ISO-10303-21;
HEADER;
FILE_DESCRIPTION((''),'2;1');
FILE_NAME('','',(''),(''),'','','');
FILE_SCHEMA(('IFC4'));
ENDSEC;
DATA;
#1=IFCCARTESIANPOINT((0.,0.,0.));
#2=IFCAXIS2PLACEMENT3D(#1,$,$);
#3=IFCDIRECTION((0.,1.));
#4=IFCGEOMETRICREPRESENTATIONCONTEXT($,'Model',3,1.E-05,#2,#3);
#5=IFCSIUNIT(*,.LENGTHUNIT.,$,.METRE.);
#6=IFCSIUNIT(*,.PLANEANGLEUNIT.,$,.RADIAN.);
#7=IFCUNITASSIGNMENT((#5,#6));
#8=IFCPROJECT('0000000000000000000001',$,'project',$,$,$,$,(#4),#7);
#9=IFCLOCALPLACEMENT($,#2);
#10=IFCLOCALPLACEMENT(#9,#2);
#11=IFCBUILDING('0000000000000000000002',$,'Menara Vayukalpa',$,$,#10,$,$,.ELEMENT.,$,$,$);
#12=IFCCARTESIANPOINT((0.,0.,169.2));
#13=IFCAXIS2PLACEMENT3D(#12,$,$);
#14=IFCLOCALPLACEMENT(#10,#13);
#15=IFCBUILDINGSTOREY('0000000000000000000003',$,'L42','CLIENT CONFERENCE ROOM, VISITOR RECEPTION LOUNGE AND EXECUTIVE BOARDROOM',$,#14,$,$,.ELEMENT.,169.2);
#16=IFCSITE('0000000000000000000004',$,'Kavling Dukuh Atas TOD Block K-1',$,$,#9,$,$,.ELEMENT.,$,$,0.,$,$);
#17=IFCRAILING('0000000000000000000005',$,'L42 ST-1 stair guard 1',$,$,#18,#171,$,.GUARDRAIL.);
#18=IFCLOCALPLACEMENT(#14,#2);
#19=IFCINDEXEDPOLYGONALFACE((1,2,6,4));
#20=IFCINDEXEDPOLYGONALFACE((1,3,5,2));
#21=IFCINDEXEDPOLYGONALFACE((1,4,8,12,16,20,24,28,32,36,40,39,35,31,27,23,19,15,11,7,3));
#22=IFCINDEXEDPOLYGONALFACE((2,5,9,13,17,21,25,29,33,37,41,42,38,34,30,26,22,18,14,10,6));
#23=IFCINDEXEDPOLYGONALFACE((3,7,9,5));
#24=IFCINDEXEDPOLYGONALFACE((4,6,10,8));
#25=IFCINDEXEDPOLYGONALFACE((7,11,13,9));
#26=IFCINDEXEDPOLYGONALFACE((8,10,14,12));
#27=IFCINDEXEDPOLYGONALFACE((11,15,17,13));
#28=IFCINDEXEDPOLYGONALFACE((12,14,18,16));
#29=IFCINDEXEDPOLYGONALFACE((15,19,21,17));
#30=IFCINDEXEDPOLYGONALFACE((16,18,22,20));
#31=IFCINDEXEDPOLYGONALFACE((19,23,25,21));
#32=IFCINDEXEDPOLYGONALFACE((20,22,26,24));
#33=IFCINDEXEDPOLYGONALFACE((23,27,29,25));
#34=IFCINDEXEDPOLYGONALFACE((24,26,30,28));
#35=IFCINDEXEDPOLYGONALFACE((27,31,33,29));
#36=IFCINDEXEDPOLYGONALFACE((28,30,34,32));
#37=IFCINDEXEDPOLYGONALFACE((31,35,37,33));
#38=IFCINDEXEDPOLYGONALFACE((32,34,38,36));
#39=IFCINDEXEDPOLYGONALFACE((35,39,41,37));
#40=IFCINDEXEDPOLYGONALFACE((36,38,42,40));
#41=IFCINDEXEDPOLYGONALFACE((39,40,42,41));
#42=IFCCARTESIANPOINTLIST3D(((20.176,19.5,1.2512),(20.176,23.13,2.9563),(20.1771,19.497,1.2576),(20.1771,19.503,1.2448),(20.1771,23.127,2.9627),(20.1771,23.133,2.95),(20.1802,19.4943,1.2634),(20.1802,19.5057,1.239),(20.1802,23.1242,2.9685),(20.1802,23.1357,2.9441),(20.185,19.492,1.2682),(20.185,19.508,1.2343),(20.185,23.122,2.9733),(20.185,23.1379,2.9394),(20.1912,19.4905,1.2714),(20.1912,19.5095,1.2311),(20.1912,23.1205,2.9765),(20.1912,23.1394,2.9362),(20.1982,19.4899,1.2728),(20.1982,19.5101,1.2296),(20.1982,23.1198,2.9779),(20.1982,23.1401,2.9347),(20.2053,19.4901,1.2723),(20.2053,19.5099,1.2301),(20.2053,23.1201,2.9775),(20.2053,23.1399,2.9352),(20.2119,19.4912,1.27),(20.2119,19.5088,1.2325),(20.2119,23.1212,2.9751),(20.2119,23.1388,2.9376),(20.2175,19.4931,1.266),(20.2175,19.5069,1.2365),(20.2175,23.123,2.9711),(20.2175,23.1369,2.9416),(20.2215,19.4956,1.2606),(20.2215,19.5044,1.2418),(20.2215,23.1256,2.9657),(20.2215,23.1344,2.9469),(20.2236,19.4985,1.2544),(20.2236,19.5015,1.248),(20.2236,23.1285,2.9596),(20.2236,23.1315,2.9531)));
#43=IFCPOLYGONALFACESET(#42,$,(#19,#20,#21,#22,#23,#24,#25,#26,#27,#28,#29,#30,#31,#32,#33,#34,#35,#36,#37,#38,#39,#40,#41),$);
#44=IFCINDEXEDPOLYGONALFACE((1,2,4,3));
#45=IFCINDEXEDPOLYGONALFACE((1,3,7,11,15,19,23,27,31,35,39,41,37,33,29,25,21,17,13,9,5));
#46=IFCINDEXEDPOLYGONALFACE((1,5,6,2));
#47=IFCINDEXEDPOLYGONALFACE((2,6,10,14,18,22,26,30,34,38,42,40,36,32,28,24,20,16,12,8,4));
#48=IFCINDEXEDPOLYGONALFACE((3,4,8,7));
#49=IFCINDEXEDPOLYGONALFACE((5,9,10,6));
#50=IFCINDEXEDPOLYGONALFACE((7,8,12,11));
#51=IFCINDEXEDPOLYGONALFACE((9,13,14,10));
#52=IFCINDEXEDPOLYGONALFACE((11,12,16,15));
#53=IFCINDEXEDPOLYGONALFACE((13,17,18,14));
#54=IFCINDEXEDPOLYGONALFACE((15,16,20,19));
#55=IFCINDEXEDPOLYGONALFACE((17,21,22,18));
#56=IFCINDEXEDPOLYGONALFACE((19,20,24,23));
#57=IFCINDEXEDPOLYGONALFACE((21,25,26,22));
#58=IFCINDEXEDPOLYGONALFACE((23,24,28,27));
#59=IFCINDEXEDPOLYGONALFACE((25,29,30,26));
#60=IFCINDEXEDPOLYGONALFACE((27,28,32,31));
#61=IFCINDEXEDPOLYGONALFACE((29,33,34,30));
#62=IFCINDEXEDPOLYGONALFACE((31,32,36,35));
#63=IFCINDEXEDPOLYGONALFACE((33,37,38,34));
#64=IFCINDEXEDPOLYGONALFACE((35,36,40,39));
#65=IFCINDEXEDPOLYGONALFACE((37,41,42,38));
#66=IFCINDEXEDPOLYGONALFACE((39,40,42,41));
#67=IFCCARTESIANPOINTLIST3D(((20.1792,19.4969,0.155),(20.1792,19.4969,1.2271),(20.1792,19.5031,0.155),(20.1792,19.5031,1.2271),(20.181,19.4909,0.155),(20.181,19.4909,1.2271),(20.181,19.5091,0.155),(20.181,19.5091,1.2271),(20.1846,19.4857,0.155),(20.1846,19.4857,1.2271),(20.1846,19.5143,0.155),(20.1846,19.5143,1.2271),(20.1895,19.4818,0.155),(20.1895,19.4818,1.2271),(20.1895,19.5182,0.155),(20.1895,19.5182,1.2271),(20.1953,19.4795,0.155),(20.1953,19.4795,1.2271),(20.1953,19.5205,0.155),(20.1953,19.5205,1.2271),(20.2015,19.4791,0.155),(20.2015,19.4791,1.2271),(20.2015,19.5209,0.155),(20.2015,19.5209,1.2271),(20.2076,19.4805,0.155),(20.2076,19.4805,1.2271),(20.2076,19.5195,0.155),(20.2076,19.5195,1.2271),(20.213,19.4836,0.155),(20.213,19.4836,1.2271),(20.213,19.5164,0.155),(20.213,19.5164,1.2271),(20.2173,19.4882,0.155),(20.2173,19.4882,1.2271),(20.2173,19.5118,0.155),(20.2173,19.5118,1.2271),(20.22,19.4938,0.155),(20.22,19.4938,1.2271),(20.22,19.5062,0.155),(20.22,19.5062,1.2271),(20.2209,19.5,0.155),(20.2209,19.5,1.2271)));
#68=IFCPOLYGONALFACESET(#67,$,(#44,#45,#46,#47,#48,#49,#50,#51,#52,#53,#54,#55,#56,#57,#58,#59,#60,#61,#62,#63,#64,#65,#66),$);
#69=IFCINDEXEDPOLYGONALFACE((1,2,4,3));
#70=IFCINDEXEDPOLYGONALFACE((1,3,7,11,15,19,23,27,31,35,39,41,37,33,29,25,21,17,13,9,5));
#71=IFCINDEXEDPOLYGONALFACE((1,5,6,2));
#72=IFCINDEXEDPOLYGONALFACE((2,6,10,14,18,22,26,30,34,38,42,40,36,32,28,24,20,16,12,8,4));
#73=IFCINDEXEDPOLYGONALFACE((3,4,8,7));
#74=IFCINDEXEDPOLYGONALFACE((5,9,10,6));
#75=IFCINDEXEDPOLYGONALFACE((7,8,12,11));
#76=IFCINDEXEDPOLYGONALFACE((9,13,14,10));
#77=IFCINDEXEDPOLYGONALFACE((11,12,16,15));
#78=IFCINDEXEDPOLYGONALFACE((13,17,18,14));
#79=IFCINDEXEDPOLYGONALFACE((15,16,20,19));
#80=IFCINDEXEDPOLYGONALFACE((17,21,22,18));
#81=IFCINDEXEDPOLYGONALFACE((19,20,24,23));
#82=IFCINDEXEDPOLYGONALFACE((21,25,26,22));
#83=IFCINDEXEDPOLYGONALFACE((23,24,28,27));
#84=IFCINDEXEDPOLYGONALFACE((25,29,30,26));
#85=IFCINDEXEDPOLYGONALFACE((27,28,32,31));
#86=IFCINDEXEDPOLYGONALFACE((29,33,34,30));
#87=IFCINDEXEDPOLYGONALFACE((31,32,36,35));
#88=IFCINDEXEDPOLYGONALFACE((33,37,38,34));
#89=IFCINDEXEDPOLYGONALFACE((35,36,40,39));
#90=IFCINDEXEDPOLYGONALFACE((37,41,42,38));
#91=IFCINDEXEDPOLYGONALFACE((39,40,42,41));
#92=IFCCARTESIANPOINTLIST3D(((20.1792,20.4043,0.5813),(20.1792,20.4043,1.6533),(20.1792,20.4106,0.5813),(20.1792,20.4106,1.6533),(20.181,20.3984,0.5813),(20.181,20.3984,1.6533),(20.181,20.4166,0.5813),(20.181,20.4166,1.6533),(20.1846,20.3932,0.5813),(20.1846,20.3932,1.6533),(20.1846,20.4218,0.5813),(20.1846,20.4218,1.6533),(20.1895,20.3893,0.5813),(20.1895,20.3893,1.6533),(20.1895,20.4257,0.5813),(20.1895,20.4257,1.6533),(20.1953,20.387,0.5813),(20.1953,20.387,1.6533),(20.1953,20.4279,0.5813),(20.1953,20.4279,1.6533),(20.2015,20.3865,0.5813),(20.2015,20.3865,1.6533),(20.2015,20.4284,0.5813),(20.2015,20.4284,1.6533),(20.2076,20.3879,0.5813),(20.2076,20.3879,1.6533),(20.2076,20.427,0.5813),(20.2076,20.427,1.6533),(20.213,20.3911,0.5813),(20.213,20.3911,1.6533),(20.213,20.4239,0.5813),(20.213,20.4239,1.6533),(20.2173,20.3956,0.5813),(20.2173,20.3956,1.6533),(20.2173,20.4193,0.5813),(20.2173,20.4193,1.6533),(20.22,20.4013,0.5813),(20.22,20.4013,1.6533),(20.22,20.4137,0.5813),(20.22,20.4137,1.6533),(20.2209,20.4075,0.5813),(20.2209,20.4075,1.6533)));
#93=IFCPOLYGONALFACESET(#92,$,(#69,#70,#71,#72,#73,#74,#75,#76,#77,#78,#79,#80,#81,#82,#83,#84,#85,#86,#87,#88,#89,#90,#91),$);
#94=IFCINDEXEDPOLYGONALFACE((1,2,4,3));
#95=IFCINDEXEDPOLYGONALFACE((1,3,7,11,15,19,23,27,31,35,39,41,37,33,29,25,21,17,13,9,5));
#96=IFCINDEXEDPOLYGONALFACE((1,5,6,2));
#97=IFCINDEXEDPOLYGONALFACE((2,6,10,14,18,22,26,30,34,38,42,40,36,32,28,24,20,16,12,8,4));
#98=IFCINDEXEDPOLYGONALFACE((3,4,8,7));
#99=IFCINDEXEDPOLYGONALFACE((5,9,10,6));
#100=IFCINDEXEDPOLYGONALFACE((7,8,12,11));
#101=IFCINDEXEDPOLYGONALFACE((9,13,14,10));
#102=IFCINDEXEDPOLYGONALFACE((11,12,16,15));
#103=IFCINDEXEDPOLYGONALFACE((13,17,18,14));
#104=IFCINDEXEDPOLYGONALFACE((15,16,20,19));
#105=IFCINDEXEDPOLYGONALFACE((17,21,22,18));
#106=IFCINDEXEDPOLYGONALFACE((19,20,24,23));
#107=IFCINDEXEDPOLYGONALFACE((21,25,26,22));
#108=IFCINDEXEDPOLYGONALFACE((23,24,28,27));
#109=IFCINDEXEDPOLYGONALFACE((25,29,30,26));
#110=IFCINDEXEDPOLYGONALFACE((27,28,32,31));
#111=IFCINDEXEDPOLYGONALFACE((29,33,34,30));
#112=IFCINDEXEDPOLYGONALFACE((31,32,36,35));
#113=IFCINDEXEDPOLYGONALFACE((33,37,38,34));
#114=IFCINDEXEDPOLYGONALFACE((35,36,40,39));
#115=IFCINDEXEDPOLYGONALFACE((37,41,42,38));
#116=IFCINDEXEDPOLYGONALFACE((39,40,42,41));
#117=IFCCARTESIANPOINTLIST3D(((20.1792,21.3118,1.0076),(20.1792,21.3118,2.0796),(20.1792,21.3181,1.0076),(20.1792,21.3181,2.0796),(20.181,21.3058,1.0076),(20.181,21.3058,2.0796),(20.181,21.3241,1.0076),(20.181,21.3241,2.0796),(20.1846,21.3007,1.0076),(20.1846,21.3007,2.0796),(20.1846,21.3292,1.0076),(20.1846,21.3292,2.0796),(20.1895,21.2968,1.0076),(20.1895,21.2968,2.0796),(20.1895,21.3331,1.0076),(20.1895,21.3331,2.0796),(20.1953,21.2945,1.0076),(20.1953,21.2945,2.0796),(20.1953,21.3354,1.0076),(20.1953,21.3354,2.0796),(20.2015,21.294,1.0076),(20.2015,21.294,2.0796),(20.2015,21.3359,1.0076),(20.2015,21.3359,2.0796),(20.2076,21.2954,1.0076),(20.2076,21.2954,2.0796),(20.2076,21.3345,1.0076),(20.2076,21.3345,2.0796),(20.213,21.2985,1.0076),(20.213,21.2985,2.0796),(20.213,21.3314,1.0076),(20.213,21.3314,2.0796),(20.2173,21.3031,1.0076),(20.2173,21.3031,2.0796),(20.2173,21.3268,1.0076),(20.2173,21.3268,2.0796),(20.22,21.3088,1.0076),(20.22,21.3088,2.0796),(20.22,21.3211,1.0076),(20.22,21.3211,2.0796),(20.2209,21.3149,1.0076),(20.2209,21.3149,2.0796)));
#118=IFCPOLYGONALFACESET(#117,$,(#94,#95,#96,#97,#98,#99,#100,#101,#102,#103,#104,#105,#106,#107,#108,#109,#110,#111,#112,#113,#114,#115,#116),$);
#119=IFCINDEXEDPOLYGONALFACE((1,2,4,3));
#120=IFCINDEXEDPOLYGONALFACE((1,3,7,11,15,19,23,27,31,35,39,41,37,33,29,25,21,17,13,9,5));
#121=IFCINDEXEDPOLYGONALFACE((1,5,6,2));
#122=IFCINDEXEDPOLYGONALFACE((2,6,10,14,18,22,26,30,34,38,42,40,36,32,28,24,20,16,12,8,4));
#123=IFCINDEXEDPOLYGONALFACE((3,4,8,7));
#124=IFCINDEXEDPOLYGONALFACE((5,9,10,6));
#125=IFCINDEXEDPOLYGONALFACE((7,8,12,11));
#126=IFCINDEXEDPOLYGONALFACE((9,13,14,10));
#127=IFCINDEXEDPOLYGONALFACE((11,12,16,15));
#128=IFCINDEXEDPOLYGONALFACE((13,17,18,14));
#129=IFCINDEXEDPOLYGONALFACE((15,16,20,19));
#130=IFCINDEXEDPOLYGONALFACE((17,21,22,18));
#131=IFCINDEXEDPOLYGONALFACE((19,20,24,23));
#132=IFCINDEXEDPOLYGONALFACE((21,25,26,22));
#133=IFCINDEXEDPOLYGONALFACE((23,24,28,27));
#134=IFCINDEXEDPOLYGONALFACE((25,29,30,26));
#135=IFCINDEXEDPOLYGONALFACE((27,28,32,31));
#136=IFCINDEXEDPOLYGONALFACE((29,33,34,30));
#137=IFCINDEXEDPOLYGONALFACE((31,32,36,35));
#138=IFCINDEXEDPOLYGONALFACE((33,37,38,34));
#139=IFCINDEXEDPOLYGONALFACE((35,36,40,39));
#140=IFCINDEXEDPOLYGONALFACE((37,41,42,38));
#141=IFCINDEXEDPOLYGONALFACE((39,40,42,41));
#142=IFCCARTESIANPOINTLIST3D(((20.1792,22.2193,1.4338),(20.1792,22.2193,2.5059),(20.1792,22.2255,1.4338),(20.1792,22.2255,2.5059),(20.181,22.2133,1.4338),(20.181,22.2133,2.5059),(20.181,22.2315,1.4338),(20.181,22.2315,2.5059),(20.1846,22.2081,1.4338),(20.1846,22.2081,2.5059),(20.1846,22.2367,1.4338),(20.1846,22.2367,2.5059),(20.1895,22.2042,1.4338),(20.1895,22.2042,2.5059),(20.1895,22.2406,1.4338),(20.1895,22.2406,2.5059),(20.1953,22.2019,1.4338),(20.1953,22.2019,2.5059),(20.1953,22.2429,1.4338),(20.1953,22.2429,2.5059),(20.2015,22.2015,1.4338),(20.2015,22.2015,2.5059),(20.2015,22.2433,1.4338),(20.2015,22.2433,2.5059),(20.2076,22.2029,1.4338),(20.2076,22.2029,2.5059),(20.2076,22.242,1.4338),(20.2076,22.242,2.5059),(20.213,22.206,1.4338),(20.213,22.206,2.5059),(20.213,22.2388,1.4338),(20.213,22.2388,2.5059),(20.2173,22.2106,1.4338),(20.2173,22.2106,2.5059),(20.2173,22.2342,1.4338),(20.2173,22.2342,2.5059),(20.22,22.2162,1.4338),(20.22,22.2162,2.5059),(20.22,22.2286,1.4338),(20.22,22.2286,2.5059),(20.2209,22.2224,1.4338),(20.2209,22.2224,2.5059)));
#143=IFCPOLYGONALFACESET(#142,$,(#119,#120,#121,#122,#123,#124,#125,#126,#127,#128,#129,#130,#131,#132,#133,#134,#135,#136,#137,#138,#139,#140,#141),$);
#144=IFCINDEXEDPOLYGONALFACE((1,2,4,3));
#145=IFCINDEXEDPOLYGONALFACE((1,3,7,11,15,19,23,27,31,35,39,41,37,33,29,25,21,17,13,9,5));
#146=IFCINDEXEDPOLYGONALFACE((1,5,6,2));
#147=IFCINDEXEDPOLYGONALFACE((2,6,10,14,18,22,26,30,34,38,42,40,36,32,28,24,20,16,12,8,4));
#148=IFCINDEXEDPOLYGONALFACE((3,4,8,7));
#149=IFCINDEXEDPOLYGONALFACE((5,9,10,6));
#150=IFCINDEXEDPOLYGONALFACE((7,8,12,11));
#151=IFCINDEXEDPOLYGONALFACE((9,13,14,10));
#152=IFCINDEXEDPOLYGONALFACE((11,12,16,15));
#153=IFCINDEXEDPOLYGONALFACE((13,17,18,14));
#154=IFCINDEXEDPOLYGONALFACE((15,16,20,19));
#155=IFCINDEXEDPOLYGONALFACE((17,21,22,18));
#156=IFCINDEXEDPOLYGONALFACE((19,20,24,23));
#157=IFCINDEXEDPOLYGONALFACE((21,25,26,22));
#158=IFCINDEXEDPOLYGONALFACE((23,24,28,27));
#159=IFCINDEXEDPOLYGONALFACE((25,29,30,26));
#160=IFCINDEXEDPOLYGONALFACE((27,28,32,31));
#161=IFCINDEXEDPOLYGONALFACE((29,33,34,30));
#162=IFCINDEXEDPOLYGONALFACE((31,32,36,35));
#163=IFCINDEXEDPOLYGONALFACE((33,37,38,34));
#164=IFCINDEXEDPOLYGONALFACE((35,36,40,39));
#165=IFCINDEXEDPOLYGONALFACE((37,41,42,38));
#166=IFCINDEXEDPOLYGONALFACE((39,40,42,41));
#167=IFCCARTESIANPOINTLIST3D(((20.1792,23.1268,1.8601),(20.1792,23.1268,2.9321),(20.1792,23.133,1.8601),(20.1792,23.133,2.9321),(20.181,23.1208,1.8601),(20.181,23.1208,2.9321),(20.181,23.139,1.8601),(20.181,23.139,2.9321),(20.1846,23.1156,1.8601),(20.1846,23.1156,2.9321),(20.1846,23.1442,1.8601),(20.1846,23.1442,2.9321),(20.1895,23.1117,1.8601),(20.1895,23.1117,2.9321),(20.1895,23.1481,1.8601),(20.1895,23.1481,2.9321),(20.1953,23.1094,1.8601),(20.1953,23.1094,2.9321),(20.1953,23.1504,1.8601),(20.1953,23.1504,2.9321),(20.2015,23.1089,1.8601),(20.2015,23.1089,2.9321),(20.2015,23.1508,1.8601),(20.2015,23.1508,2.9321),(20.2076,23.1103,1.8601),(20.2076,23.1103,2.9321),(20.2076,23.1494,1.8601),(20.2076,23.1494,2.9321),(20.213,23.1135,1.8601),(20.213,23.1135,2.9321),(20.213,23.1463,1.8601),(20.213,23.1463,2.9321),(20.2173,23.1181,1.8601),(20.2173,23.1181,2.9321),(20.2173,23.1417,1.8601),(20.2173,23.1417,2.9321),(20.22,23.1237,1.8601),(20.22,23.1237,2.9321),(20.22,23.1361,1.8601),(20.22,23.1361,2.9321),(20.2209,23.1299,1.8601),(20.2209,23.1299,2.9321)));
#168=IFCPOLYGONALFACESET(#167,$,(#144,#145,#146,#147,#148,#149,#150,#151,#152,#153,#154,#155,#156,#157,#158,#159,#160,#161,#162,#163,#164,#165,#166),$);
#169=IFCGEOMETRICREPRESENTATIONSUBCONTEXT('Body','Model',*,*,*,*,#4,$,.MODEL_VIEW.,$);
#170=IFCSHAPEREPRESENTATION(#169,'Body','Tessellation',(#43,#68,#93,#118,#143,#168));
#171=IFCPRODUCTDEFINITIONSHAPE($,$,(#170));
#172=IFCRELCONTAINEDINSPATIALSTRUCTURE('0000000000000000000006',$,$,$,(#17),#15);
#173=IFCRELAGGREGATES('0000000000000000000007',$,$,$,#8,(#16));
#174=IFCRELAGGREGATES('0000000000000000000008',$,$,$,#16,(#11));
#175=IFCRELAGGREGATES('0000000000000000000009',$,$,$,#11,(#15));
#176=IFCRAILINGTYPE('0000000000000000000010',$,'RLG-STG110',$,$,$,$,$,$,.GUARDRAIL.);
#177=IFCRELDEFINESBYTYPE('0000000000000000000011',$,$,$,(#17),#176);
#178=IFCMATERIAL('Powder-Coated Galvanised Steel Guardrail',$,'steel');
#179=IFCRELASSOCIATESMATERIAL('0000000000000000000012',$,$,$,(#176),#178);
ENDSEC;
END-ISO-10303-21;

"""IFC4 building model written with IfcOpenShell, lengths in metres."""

from ifc_helpers import new_model, si_unit, direction, frame, origin, origin_2d, place, context, subcontext, project, spatial, circle, extrude, material, type_object, element, save


model = new_model("IFC4")

# Units and contexts
model_context = context("Model", 3, precision=1e-05, world=origin(), true_north=direction((0.0, 1.0)))
body_context = subcontext(model_context, "Body", "Model", "MODEL_VIEW")
ifc_project = project(units=[si_unit("LENGTHUNIT", "METRE"), si_unit("PLANEANGLEUNIT", "RADIAN")], contexts=[model_context])

# Site, building, storey
site_placement = place(None, origin())
site = spatial("IfcSite", under=ifc_project, at=site_placement, Name="Kavling Dukuh Atas TOD Block K-1", CompositionType="ELEMENT", RefElevation=0.0)
building_placement = place(site_placement, origin())
building = spatial("IfcBuilding", under=site, at=building_placement, Name="Menara Vayukalpa", CompositionType="ELEMENT")
storey_placement = place(building_placement, frame((0.0, 0.0, 169.2)))
storey = spatial("IfcBuildingStorey", under=building, at=storey_placement, Name="L42", Description="CLIENT CONFERENCE ROOM, VISITOR RECEPTION LOUNGE AND EXECUTIVE BOARDROOM", CompositionType="ELEMENT", Elevation=169.2)

# Railing
ifc_material_1 = material(Name="Powder-Coated Galvanised Steel Guardrail", Category="steel")
railing_type = type_object("IfcRailingType", Name="RLG-STG110", PredefinedType="GUARDRAIL", material=ifc_material_1)
railing_1_placement = place(storey_placement, frame((20.2, 19.5, 0.155)))
element("IfcRailing", 1, at=railing_1_placement, inside=storey, type_object=railing_type, Name="L42 ST-1 stair guard 1", PredefinedType="GUARDRAIL", context=body_context, shape_type="SweptSolid", body=[
    extrude(circle(Radius=0.0239, at=origin_2d()), frame((0.0, 0.0, 1.0962), z_axis=(0.0, 0.905116, 0.425164), x_axis=(-1.0, 0.0, 0.0)), (0.0, 0.0, 1.0), 4.0105),
    extrude(circle(Radius=0.021, at=origin_2d()), origin(), (0.0, 0.0, 1.0), 1.072),
    extrude(circle(Radius=0.021, at=origin_2d()), frame((0.0, 0.9075, 0.4263)), (0.0, 0.0, 1.0), 1.072),
    extrude(circle(Radius=0.021, at=origin_2d()), frame((0.0, 1.8149, 0.8525)), (0.0, 0.0, 1.0), 1.072),
    extrude(circle(Radius=0.021, at=origin_2d()), frame((0.0, 2.7224, 1.2788)), (0.0, 0.0, 1.0), 1.072),
    extrude(circle(Radius=0.021, at=origin_2d()), frame((0.0, 3.6299, 1.7051)), (0.0, 0.0, 1.0), 1.072),
])

save(model, "model.ifc")
